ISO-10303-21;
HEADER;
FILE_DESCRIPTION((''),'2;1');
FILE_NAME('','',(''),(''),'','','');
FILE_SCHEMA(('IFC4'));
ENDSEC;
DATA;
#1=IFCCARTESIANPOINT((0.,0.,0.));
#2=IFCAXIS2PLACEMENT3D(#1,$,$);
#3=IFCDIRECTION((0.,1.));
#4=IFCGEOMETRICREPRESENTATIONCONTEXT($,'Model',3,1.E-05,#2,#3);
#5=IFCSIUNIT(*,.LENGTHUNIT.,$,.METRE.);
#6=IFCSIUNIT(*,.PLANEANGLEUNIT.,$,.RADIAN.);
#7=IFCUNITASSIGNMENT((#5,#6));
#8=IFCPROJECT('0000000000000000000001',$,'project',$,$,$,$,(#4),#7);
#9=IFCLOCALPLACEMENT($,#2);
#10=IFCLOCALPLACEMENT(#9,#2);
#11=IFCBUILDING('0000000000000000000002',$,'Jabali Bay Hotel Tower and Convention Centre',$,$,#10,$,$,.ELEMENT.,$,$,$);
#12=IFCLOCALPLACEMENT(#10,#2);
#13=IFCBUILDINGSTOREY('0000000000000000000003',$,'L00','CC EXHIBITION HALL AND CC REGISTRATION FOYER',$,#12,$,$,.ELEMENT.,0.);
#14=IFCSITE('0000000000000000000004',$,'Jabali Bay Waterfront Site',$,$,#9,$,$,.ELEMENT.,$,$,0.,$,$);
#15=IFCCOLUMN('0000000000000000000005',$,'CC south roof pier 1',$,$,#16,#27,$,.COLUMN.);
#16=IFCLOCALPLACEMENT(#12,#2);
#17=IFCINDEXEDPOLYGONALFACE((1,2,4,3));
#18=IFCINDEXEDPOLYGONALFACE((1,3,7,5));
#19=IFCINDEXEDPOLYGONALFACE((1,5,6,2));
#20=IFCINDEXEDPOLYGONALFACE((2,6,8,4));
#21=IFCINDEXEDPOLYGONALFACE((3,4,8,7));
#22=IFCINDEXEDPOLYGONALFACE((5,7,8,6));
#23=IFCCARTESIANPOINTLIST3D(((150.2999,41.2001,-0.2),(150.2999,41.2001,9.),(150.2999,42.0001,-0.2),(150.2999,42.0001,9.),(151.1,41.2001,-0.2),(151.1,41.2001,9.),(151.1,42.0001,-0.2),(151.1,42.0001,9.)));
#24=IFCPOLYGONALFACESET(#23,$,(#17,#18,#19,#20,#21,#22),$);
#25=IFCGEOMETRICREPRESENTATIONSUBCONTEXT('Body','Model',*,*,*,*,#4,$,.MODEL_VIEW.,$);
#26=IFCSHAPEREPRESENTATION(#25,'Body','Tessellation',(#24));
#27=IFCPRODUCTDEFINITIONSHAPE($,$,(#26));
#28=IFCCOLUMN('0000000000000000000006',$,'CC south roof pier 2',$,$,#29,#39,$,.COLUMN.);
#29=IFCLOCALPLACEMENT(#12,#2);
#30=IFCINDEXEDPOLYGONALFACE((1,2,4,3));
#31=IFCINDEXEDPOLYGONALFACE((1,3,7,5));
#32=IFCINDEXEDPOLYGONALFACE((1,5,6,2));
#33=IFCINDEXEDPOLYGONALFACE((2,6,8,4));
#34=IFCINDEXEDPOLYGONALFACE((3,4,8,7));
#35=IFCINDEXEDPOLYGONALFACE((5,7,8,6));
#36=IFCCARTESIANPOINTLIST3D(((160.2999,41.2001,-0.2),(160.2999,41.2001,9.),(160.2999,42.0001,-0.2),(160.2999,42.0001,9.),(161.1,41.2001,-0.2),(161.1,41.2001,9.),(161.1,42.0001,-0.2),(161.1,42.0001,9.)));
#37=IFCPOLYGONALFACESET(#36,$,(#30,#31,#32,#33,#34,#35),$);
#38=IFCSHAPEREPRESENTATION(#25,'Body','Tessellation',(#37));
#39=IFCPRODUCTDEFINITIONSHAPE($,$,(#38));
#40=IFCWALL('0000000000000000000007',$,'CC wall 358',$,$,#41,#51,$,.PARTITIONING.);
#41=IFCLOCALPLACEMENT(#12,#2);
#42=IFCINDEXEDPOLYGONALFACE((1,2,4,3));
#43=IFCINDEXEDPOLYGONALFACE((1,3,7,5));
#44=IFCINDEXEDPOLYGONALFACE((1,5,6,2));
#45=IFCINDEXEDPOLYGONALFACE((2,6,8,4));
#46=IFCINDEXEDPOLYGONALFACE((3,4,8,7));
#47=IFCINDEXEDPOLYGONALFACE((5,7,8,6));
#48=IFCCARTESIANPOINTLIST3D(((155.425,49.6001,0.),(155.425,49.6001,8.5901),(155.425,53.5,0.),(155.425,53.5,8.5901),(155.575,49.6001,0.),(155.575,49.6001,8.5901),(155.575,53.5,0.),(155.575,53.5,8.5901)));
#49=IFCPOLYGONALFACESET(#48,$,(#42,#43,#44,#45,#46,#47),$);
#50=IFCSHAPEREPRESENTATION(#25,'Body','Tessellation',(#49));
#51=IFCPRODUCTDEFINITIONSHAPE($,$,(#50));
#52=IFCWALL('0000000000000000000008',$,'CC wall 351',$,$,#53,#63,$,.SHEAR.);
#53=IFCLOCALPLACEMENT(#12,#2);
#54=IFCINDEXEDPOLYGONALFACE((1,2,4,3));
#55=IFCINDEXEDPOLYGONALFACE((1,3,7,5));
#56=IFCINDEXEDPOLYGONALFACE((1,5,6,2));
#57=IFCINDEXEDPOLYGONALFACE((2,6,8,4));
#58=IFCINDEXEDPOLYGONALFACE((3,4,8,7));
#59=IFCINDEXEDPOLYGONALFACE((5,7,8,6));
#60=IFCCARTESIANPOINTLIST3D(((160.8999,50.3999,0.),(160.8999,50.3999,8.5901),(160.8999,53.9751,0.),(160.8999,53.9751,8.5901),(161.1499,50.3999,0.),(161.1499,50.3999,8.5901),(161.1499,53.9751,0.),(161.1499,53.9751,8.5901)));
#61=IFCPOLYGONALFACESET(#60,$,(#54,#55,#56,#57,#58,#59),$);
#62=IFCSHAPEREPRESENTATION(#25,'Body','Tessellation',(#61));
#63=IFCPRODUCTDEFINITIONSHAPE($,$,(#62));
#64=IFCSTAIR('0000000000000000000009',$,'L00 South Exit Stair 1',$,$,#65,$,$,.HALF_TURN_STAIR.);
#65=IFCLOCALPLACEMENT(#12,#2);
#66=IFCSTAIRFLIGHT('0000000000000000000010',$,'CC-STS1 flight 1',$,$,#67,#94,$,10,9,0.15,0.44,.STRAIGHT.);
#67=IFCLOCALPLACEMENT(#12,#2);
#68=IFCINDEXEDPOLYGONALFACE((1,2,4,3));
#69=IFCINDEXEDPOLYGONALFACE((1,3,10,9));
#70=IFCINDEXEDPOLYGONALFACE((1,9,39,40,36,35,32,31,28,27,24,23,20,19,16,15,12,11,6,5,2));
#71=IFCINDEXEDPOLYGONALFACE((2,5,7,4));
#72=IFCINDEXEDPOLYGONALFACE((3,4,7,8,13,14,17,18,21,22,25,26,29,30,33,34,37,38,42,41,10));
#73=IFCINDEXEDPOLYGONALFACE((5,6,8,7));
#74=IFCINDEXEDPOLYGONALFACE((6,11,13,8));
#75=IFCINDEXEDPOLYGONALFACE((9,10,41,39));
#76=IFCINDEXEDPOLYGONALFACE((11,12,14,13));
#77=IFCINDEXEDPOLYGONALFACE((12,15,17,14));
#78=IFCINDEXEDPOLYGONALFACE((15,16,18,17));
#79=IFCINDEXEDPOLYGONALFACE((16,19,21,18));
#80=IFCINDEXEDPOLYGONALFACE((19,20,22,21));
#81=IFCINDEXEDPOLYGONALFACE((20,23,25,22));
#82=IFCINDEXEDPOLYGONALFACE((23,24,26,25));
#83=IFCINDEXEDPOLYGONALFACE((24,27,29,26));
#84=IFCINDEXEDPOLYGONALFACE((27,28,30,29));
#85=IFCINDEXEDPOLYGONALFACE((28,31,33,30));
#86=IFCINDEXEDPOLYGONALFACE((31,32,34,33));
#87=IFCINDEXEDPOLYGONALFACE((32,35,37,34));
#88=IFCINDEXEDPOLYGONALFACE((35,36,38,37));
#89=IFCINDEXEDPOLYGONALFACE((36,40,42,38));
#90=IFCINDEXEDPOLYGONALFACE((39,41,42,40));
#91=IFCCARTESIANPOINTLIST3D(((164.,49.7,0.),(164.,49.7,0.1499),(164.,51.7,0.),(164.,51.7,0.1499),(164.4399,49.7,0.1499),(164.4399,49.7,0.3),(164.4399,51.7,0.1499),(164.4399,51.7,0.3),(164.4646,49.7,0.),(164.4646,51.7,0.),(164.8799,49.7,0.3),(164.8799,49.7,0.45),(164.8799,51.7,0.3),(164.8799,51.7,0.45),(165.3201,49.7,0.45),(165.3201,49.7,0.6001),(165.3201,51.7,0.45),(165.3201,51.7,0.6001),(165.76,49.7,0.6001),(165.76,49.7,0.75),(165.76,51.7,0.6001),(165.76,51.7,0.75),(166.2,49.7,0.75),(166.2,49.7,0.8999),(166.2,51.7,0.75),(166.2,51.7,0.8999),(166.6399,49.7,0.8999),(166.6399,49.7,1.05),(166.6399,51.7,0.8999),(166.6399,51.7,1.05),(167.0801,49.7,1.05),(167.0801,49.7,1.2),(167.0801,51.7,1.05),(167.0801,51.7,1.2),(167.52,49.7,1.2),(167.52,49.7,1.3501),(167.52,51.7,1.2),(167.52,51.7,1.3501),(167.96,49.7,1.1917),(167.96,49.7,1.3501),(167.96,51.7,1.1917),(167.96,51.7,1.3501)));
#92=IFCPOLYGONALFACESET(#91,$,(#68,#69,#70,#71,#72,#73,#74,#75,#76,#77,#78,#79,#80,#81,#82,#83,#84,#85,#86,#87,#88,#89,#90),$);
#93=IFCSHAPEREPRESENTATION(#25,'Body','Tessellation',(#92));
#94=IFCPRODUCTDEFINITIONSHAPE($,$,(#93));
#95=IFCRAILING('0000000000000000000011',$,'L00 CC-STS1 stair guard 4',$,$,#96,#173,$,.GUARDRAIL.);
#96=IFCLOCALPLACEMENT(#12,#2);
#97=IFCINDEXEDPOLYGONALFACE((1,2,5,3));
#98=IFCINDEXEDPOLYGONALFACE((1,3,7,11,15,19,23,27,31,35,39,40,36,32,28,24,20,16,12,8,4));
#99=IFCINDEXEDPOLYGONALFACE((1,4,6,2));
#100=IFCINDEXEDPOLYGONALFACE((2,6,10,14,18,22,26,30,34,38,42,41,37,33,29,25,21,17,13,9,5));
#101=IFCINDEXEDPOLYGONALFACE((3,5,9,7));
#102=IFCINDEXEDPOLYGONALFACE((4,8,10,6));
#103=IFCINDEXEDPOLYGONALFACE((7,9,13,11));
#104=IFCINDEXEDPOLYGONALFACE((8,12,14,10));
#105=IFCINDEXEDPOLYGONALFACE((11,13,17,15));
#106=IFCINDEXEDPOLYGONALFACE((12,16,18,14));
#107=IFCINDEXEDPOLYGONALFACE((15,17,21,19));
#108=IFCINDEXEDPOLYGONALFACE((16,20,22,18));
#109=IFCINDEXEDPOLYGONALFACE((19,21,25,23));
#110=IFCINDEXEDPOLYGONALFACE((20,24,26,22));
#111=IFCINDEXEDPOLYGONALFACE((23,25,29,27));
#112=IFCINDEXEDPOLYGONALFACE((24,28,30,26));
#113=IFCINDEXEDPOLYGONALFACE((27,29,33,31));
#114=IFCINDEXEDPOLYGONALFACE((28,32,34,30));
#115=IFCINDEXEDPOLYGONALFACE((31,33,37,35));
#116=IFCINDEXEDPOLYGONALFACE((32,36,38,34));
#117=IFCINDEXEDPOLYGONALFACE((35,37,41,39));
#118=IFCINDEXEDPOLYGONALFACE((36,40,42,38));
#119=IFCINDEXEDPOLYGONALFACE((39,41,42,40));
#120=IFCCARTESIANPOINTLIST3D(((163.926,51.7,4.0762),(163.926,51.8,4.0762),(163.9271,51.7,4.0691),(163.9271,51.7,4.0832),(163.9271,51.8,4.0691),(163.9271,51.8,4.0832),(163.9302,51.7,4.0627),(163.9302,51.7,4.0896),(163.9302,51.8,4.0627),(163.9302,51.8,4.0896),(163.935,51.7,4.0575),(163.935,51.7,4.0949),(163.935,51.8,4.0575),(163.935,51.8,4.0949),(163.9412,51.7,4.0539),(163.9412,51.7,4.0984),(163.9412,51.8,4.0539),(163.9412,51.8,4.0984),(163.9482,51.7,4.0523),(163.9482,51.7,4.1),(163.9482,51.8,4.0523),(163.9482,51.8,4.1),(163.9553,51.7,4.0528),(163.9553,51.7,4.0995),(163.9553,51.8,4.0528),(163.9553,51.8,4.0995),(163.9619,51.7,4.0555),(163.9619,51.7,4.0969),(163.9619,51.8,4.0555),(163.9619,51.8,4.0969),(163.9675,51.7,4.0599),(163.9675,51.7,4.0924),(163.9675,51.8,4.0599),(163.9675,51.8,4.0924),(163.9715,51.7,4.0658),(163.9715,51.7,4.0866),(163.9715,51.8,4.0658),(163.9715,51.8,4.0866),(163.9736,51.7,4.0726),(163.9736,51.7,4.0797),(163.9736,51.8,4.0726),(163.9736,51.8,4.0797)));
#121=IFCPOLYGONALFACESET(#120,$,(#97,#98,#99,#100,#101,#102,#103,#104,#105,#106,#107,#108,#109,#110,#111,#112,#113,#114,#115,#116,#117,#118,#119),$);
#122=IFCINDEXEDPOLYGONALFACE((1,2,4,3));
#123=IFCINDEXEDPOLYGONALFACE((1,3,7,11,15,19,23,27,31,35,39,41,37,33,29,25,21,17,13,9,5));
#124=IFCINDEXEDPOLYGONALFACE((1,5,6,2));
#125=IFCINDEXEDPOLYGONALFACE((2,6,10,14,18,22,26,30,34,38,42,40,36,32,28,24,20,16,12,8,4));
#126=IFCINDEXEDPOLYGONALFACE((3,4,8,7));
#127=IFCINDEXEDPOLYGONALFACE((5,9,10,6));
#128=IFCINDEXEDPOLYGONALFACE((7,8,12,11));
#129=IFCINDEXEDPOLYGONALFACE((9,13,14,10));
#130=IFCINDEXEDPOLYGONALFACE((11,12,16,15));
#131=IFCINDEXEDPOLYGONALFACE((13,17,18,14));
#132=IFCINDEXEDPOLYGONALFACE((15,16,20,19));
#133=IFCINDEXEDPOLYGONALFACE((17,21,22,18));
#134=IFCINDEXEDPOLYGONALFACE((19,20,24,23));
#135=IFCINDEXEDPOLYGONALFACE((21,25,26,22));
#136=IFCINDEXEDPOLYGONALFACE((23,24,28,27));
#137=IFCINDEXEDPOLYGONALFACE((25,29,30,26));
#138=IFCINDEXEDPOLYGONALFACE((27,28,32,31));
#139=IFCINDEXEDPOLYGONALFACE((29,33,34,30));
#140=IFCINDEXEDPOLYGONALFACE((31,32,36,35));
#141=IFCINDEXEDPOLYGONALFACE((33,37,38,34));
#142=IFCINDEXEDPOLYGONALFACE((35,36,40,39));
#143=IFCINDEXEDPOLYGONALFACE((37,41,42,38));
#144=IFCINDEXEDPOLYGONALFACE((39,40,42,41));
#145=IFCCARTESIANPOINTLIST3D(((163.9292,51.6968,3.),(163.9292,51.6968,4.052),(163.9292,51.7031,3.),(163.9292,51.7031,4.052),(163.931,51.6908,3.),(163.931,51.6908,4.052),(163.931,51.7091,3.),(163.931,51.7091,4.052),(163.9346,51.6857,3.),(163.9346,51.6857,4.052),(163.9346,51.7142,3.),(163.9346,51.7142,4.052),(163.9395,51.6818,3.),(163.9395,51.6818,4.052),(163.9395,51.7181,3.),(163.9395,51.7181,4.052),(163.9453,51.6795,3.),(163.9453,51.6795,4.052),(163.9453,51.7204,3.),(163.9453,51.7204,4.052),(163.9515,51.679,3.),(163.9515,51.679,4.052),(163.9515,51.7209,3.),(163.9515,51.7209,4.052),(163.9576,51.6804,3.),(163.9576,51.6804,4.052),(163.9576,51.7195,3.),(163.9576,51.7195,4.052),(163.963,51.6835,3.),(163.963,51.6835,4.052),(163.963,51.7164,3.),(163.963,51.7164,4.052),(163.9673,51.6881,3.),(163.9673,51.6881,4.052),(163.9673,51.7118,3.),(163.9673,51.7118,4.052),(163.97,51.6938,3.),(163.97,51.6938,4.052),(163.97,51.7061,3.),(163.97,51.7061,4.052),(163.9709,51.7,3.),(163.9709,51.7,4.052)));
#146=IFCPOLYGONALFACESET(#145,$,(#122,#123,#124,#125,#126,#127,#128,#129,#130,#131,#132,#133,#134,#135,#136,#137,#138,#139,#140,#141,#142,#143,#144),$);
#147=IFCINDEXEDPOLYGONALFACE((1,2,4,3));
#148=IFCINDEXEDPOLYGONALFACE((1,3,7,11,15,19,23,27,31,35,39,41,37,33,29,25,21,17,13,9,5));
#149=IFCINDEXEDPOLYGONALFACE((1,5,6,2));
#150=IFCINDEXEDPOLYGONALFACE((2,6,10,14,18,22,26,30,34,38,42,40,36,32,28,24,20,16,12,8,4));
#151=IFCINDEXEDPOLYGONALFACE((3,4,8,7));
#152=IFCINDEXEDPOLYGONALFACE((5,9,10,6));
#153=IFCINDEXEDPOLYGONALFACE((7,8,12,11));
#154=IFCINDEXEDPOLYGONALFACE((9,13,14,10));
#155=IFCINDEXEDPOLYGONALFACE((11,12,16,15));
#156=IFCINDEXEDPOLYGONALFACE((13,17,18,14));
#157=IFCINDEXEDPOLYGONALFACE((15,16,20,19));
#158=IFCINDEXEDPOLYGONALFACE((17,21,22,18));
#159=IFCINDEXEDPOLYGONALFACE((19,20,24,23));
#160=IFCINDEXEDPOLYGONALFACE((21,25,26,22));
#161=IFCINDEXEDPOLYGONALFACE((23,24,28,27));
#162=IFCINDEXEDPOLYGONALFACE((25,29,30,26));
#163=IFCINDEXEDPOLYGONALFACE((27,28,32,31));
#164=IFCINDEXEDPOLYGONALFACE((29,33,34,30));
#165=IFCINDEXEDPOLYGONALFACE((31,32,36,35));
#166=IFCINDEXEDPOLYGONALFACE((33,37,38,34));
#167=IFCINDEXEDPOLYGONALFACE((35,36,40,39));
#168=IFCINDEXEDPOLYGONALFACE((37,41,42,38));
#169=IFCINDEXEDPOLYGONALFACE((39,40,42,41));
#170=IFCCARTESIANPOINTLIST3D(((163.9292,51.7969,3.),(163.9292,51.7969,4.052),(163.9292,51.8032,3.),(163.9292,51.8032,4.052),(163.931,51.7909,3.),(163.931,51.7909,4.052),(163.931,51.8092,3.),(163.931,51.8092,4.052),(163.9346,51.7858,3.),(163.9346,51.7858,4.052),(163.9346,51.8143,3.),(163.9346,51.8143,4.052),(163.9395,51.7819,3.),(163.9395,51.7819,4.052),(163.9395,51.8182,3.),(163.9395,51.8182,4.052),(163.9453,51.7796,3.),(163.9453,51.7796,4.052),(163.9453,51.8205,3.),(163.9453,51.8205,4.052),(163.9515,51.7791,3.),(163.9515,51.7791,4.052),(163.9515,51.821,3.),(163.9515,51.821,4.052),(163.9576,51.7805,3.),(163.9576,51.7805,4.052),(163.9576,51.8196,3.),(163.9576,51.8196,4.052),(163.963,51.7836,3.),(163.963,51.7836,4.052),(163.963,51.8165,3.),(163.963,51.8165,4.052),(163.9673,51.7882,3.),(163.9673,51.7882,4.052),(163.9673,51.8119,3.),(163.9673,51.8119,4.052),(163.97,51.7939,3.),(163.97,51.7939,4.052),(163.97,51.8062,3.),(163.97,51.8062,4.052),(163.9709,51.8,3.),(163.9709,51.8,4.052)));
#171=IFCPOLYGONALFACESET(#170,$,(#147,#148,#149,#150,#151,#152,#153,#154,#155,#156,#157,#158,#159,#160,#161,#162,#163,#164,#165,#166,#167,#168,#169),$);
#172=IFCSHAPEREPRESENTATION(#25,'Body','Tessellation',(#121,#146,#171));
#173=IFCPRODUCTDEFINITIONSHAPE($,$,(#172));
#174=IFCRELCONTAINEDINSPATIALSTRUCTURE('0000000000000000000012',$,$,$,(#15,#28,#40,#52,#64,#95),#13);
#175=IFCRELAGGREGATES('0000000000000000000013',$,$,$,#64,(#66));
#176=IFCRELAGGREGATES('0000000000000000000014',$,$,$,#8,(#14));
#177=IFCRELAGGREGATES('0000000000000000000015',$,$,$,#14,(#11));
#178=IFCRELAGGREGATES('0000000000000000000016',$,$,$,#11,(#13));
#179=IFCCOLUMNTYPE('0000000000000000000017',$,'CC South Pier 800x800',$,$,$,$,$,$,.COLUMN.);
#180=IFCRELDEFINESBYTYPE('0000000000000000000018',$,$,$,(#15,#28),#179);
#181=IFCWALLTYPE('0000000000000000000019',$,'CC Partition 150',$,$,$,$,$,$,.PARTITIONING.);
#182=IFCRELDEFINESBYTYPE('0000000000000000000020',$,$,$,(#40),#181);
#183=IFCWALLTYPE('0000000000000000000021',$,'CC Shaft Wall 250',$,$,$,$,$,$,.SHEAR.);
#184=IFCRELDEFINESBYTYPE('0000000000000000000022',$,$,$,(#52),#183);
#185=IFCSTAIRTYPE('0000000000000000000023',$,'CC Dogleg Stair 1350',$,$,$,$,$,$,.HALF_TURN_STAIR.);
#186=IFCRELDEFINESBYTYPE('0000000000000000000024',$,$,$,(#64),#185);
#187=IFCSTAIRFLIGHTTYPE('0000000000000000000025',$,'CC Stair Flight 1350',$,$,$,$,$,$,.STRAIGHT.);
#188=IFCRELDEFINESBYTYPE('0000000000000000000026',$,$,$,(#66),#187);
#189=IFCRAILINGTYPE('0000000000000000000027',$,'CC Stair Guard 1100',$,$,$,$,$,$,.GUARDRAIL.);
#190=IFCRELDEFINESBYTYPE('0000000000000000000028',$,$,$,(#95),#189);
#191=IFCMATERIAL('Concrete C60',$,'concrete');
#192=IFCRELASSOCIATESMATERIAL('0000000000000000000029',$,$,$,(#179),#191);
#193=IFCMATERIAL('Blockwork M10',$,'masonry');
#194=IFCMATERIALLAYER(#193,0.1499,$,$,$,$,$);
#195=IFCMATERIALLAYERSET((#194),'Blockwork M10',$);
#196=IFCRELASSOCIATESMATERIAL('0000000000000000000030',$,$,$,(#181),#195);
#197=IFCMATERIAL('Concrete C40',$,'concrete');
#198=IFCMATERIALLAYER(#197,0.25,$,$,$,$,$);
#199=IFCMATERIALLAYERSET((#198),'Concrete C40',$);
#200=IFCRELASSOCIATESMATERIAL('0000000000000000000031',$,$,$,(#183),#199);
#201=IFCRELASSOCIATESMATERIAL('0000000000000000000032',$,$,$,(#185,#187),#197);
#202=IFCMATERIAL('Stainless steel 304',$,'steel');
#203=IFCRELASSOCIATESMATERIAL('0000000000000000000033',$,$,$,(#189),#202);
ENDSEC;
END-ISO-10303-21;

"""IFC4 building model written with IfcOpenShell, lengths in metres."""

from ifc_helpers import new_model, si_unit, direction, frame, frame_2d, origin, origin_2d, place, context, subcontext, project, spatial, polyline, rectangle, circle, outline, extrude, material, layer, layer_set, material_profile, profile_set, type_object, element, aggregate, save


model = new_model("IFC4")

# Units and contexts
model_context = context("Model", 3, precision=1e-05, world=origin(), true_north=direction((0.0, 1.0)))
body_context = subcontext(model_context, "Body", "Model", "MODEL_VIEW")
ifc_project = project(units=[si_unit("LENGTHUNIT", "METRE"), si_unit("PLANEANGLEUNIT", "RADIAN")], contexts=[model_context])

# Site, building, storey
site_placement = place(None, origin())
site = spatial("IfcSite", under=ifc_project, at=site_placement, Name="Jabali Bay Waterfront Site", CompositionType="ELEMENT", RefElevation=0.0)
building_placement = place(site_placement, origin())
building = spatial("IfcBuilding", under=site, at=building_placement, Name="Jabali Bay Hotel Tower and Convention Centre", CompositionType="ELEMENT")
storey_placement = place(building_placement, origin())
storey = spatial("IfcBuildingStorey", under=building, at=storey_placement, Name="L00", Description="CC EXHIBITION HALL AND CC REGISTRATION FOYER", CompositionType="ELEMENT", Elevation=0.0)

# Columns
ifc_material_1 = material(Name="Concrete C60", Category="concrete")
ifc_material_profile_1 = material_profile(ifc_material_1, rectangle(XDim=0.8, YDim=0.8, at=origin_2d()), Name="RC 800x800")
ifc_profile_set_1 = profile_set([ifc_material_profile_1], Name="Concrete C60")
column_type_1 = type_object("IfcColumnType", Name="CC South Pier 800x800", PredefinedType="COLUMN", material=ifc_profile_set_1)
for number, where, z_axis, x_axis, name in (
    (1, (150.7, 41.6001, -0.2), (0.0, 0.0, 1.0), (1.0, 0.0, 0.0), "CC south roof pier 1"),
    (2, (160.7, 41.6001, -0.2), (0.0, 0.0, 1.0), (1.0, 0.0, 0.0), "CC south roof pier 2"),
):
    element("IfcColumn", number, at=place(storey_placement, frame(where, z_axis=z_axis, x_axis=x_axis)), inside=storey, type_object=column_type_1, Name=name, PredefinedType="COLUMN", context=body_context, shape_type="SweptSolid", body=[
        extrude(rectangle(XDim=0.8, YDim=0.8, at=origin_2d()), origin(), (0.0, 0.0, 1.0), 9.2),
    ])

# Walls
ifc_material_2 = material(Name="Blockwork M10", Category="masonry")
ifc_layer_1 = layer(ifc_material_2, 0.1499)
ifc_layer_set_1 = layer_set([ifc_layer_1], Name="Blockwork M10")
wall_type_1 = type_object("IfcWallType", Name="CC Partition 150", PredefinedType="PARTITIONING", material=ifc_layer_set_1)
wall_1_placement = place(storey_placement, frame((155.5, 49.6001, 0.0), z_axis=(0.0, 0.0, 1.0), x_axis=(0.0, 1.0, 0.0)))
element("IfcWall", 3, at=wall_1_placement, inside=storey, type_object=wall_type_1, Name="CC wall 358", PredefinedType="PARTITIONING", context=body_context, shape_type="SweptSolid", body=[
    extrude(rectangle(XDim=3.8999, YDim=0.1499, at=frame_2d((1.95, 0.0))), origin(), (0.0, 0.0, 1.0), 8.5901),
])
ifc_material_3 = material(Name="Concrete C40", Category="concrete")
ifc_layer_2 = layer(ifc_material_3, 0.25)
ifc_layer_set_2 = layer_set([ifc_layer_2], Name="Concrete C40")
wall_type_2 = type_object("IfcWallType", Name="CC Shaft Wall 250", PredefinedType="SHEAR", material=ifc_layer_set_2)
wall_2_placement = place(storey_placement, frame((161.0249, 50.3999, 0.0), z_axis=(0.0, 0.0, 1.0), x_axis=(0.0, 1.0, 0.0)))
element("IfcWall", 4, at=wall_2_placement, inside=storey, type_object=wall_type_2, Name="CC wall 351", PredefinedType="SHEAR", context=body_context, shape_type="SweptSolid", body=[
    extrude(rectangle(XDim=3.5752, YDim=0.25, at=frame_2d((1.7876, 0.0))), origin(), (0.0, 0.0, 1.0), 8.5901),
])

# Stair, stair flight
stair_type = type_object("IfcStairType", Name="CC Dogleg Stair 1350", PredefinedType="HALF_TURN_STAIR", material=ifc_material_3)
stair_placement = place(storey_placement, origin())
stair = element("IfcStair", 5, at=stair_placement, inside=storey, type_object=stair_type, Name="L00 South Exit Stair 1", PredefinedType="HALF_TURN_STAIR")
stair_flight_type = type_object("IfcStairFlightType", Name="CC Stair Flight 1350", PredefinedType="STRAIGHT", material=ifc_material_3)
stair_flight_placement = place(storey_placement, frame((164.0, 50.7, 0.0), z_axis=(0.0, 0.0, 1.0), x_axis=(1.0, 0.0, 0.0)))
stair_flight = element("IfcStairFlight", 6, at=stair_flight_placement, type_object=stair_flight_type, Name="CC-STS1 flight 1", NumberOfRisers=10, NumberOfTreads=9, PredefinedType="STRAIGHT", RiserHeight=0.15, TreadLength=0.44, context=body_context, shape_type="SweptSolid", body=[
    extrude(outline(polyline([(0.0, 0.0), (0.0, 0.1499), (0.4399, 0.1499), (0.4399, 0.3), (0.8799, 0.3), (0.8799, 0.45), (1.3201, 0.45), (1.3201, 0.6001), (1.76, 0.6001), (1.76, 0.75), (2.2, 0.75), (2.2, 0.8999), (2.6399, 0.8999), (2.6399, 1.05), (3.0801, 1.05), (3.0801, 1.2), (3.52, 1.2), (3.52, 1.3501), (3.96, 1.3501), (3.96, 1.5), (3.96, 1.1917), (0.4646, 0.0), (0.0, 0.0)])), frame((0.0, 1.0, 0.0), z_axis=(0.0, -1.0, 0.0), x_axis=(1.0, 0.0, 0.0)), (0.0, 0.0, 1.0), 2.0),
])
aggregate(stair, [stair_flight])

# Railing
ifc_material_4 = material(Name="Stainless steel 304", Category="steel")
railing_type_1 = type_object("IfcRailingType", Name="CC Stair Guard 1100", PredefinedType="GUARDRAIL", material=ifc_material_4)
for number, where, name in (
    (7, (163.95, 51.7, 3.0), "L00 CC-STS1 stair guard 4"),
):
    element("IfcRailing", number, at=place(storey_placement, frame(where)), inside=storey, type_object=railing_type_1, Name=name, PredefinedType="GUARDRAIL", context=body_context, shape_type="SweptSolid", body=[
        extrude(circle(Radius=0.0239, at=origin_2d()), frame((0.0, 0.0, 1.0762), z_axis=(0.0, 1.0, 0.0), x_axis=(-1.0, 0.0, 0.0)), (0.0, 0.0, 1.0), 0.1001),
        extrude(circle(Radius=0.021, at=origin_2d()), origin(), (0.0, 0.0, 1.0), 1.052),
        extrude(circle(Radius=0.021, at=origin_2d()), frame((0.0, 0.1001, 0.0)), (0.0, 0.0, 1.0), 1.052),
    ])

save(model, "model.ifc")
